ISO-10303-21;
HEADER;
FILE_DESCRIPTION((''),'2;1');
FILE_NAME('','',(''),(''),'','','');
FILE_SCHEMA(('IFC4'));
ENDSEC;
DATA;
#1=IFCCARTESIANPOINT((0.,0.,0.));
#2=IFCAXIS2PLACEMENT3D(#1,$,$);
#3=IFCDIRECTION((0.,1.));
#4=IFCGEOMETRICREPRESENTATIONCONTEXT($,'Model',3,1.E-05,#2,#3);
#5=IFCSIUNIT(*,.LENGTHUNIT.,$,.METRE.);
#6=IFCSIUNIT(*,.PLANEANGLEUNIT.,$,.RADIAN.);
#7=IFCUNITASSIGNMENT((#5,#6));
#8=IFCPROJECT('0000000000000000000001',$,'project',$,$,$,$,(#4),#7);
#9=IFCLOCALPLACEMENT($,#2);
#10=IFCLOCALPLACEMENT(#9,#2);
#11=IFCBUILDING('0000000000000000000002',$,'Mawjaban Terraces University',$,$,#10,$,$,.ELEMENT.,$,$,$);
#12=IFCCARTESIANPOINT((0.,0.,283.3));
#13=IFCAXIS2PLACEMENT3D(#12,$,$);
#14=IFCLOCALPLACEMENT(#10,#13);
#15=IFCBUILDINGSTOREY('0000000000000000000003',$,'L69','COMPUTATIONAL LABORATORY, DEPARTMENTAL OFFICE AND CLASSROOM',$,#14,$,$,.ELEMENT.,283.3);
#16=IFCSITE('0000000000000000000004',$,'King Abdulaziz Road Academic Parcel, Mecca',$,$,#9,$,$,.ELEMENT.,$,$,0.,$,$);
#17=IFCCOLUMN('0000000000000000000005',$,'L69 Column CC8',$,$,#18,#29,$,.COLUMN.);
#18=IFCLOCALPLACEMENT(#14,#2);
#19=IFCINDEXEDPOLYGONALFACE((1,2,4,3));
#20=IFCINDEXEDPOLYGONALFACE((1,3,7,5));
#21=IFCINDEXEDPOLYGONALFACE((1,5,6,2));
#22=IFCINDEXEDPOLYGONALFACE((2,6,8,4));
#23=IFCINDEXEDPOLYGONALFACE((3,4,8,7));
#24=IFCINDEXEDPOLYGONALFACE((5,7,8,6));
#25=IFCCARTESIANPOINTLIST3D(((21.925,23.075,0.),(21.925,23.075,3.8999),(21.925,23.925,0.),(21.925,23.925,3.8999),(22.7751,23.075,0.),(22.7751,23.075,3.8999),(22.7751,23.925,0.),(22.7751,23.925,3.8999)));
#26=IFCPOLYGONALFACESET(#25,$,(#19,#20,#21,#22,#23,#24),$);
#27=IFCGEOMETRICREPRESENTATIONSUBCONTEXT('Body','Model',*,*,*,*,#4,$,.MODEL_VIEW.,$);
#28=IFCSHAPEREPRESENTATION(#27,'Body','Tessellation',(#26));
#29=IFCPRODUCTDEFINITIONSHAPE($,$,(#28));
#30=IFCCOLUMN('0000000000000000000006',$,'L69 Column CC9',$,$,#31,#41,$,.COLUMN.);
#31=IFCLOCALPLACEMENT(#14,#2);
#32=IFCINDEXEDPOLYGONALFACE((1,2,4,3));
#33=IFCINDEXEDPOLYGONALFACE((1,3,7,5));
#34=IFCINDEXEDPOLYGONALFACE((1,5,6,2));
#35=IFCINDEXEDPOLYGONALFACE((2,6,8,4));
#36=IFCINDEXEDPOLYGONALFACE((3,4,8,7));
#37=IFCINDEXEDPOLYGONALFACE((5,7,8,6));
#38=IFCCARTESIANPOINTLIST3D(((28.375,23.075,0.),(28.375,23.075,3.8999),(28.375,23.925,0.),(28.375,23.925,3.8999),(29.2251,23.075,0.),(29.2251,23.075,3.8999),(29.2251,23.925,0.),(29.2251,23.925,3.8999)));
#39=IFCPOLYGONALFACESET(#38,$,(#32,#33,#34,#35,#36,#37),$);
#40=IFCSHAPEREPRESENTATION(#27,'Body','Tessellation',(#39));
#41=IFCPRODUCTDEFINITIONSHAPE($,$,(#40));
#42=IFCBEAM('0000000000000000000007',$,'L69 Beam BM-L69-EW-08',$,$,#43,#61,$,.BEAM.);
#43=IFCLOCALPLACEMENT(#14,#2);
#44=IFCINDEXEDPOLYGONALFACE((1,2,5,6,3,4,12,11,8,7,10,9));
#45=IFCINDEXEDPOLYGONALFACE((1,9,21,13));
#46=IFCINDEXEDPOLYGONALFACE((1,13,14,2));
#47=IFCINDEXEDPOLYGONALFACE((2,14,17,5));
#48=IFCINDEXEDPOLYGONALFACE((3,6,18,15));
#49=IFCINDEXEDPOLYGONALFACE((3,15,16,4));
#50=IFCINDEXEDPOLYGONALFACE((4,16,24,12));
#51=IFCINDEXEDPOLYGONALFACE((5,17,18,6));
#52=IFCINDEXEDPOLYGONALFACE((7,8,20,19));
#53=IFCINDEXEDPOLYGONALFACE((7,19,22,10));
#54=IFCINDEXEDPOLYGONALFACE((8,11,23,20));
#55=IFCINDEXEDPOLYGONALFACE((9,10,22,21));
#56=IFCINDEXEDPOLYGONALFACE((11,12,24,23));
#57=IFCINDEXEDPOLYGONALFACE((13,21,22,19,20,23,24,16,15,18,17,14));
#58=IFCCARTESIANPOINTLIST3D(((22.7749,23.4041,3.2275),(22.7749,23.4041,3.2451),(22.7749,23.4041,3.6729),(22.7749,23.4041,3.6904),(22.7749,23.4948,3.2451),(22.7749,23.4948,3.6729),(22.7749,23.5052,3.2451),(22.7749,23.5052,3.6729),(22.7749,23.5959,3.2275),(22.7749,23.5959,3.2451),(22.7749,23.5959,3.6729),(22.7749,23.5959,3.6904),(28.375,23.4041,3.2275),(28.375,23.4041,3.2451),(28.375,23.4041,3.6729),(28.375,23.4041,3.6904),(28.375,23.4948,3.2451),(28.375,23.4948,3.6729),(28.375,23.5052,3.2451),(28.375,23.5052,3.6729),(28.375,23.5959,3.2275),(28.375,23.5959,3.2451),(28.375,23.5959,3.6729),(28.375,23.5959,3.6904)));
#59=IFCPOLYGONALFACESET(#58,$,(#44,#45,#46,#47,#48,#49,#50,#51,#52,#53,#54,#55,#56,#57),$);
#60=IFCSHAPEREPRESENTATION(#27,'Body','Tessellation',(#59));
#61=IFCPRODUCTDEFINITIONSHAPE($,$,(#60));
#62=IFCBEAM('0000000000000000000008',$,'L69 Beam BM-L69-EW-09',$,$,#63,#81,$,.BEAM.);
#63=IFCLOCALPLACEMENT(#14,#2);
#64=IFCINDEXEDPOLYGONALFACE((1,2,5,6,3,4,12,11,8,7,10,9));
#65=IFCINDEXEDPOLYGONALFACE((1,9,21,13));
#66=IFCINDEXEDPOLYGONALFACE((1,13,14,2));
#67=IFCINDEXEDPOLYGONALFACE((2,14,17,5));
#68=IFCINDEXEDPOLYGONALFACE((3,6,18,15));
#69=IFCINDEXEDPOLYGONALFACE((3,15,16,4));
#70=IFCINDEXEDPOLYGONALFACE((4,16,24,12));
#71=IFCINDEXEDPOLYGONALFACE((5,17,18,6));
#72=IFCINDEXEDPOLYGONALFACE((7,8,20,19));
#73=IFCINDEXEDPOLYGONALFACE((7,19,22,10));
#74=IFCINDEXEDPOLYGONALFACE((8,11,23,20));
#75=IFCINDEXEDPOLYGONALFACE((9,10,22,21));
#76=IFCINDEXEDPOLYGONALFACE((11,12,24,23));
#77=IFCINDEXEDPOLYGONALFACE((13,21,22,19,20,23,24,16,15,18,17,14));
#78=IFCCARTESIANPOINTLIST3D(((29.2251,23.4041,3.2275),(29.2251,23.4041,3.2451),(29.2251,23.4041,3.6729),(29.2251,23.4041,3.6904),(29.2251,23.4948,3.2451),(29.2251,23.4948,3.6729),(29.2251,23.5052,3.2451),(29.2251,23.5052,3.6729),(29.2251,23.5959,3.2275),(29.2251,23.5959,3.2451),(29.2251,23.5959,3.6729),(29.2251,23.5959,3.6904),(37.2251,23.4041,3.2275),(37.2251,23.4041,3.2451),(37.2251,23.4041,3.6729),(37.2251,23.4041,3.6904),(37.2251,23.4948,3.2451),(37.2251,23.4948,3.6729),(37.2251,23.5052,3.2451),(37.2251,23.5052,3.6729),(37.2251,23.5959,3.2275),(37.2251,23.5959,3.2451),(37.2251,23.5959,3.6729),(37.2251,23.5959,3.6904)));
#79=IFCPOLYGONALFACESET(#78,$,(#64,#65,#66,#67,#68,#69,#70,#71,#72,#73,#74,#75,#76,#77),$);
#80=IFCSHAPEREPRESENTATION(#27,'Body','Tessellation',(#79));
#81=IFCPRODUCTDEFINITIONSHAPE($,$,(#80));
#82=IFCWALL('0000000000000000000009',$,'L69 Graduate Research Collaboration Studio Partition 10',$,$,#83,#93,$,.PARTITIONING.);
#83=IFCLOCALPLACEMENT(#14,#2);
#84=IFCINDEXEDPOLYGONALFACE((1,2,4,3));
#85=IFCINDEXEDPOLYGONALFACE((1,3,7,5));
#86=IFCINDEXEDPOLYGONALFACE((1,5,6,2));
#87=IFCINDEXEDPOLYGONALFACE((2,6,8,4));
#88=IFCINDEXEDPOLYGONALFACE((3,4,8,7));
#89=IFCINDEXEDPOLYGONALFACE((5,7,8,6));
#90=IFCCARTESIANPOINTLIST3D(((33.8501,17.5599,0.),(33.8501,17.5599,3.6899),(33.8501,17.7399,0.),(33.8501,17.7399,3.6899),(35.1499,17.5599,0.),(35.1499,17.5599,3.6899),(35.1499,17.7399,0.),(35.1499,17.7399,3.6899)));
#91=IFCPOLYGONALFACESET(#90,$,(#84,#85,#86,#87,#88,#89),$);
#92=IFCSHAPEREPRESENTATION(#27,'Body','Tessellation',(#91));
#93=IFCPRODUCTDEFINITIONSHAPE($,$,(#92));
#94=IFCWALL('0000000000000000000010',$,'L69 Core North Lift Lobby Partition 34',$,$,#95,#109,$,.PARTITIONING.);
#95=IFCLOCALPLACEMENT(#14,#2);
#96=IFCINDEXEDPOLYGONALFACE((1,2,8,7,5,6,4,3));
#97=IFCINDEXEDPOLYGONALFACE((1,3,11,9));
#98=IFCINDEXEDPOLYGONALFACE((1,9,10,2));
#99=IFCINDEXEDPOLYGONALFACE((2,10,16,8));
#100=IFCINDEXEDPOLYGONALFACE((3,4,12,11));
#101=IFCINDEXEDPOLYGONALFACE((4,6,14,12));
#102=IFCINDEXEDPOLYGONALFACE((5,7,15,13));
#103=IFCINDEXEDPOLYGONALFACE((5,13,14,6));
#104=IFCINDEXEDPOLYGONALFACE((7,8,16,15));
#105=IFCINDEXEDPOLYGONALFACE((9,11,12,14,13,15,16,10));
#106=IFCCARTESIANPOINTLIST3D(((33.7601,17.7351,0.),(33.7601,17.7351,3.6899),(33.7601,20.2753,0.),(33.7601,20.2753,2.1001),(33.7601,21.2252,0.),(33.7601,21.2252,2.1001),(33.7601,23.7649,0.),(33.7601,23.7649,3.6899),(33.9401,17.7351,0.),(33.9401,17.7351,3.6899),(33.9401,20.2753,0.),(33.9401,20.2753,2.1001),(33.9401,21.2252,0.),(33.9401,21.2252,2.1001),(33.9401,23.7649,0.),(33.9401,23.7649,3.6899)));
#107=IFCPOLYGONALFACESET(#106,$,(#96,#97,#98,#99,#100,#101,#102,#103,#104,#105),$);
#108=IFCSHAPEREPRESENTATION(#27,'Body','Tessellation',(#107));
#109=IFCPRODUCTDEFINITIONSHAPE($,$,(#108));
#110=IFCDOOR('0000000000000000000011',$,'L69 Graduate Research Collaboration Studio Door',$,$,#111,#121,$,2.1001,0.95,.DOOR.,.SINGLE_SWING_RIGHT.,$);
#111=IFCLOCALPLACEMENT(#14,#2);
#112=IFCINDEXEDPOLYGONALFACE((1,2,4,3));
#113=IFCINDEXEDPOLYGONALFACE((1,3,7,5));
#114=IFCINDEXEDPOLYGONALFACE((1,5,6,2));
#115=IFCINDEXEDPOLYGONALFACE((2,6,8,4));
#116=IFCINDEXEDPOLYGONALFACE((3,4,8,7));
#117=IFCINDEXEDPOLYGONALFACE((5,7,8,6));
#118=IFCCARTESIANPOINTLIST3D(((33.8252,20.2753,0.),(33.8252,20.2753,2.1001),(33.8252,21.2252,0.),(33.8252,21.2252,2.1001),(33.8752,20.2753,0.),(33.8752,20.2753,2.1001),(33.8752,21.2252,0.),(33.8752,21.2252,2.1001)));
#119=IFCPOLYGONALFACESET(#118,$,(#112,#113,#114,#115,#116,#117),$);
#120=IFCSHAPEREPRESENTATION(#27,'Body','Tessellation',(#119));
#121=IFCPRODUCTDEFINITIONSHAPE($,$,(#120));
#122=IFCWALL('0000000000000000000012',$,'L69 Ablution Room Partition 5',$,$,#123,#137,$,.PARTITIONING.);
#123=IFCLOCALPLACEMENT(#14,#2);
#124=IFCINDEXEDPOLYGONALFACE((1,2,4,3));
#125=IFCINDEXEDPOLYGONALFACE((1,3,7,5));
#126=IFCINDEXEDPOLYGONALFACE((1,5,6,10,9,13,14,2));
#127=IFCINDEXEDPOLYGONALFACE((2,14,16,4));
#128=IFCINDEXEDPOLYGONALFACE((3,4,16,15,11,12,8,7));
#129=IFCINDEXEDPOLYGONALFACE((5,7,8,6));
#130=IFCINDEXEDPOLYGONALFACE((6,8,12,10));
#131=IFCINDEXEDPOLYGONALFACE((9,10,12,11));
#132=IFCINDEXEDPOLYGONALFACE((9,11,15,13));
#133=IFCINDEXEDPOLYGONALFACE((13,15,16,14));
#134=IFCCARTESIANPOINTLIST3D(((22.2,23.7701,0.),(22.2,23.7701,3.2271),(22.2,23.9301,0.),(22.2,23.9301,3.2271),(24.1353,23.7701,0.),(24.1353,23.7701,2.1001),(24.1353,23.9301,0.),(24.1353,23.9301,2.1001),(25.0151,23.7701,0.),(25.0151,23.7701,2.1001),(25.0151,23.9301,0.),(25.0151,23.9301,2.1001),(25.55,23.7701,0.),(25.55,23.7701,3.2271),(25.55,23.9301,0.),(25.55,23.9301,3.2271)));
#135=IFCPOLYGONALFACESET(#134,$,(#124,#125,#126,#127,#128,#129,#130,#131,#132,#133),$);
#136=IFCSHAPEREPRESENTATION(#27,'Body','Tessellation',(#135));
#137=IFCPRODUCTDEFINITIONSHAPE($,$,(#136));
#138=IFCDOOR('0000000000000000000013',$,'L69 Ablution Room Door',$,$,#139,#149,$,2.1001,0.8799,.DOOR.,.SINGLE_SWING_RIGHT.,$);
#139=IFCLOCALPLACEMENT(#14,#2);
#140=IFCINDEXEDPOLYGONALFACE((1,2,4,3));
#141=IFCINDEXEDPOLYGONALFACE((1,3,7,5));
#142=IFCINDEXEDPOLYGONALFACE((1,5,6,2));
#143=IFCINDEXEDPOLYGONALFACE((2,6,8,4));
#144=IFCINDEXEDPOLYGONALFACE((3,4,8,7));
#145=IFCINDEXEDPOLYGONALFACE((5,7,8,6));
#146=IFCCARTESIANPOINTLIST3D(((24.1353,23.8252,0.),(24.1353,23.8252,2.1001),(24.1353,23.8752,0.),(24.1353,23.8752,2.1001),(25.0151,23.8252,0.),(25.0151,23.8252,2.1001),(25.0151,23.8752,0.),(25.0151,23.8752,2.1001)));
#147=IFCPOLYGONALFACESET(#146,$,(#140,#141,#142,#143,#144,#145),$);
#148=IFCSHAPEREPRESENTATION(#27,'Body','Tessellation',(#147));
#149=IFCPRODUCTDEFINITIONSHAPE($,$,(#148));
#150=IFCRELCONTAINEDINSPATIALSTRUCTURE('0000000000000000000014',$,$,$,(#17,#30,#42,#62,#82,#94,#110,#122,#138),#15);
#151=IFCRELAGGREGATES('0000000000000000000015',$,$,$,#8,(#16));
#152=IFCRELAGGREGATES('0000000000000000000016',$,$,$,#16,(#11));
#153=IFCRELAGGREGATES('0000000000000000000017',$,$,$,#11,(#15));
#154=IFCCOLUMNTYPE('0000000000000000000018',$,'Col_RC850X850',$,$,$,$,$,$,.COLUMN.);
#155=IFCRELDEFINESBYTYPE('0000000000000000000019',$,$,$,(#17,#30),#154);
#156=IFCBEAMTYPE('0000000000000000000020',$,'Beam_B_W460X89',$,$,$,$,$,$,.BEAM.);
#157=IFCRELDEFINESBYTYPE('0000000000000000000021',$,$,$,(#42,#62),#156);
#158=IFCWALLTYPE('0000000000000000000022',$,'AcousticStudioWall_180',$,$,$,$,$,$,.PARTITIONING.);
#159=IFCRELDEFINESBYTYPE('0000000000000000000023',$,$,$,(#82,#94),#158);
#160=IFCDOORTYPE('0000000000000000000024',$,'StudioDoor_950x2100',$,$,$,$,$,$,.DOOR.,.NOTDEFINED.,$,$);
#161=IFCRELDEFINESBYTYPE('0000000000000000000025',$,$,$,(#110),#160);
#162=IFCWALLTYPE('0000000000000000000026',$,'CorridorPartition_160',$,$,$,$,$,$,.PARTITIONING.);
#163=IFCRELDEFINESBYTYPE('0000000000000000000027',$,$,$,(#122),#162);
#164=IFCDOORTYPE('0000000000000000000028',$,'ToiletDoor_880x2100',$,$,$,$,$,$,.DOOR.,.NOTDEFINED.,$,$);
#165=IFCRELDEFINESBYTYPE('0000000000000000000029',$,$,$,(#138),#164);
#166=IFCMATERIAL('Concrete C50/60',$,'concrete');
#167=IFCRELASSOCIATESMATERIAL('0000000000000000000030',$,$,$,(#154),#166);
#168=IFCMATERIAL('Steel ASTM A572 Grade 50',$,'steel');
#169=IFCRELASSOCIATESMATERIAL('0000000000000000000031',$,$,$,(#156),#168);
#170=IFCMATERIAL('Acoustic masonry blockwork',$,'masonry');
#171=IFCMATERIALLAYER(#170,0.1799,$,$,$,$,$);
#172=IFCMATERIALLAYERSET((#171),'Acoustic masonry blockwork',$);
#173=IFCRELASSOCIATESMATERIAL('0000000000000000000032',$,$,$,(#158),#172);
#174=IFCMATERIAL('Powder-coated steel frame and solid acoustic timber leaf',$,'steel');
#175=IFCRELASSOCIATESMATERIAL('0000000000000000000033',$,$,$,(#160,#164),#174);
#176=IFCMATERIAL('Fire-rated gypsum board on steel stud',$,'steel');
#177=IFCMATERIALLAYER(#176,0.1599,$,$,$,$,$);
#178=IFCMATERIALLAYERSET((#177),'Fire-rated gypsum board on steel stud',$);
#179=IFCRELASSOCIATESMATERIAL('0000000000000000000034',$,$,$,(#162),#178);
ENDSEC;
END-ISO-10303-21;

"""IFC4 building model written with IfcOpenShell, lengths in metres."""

from ifc_helpers import new_model, si_unit, direction, frame, frame_2d, origin, origin_2d, place, context, subcontext, project, spatial, rectangle, i_section, extrude, material, layer, layer_set, material_profile, profile_set, type_object, element, fill, save


model = new_model("IFC4")

# Units and contexts
model_context = context("Model", 3, precision=1e-05, world=origin(), true_north=direction((0.0, 1.0)))
body_context = subcontext(model_context, "Body", "Model", "MODEL_VIEW")
ifc_project = project(units=[si_unit("LENGTHUNIT", "METRE"), si_unit("PLANEANGLEUNIT", "RADIAN")], contexts=[model_context])

# Site, building, storey
site_placement = place(None, origin())
site = spatial("IfcSite", under=ifc_project, at=site_placement, Name="King Abdulaziz Road Academic Parcel, Mecca", CompositionType="ELEMENT", RefElevation=0.0)
building_placement = place(site_placement, origin())
building = spatial("IfcBuilding", under=site, at=building_placement, Name="Mawjaban Terraces University", CompositionType="ELEMENT")
storey_placement = place(building_placement, frame((0.0, 0.0, 283.3)))
storey = spatial("IfcBuildingStorey", under=building, at=storey_placement, Name="L69", Description="COMPUTATIONAL LABORATORY, DEPARTMENTAL OFFICE AND CLASSROOM", CompositionType="ELEMENT", Elevation=283.3)

# Columns
ifc_material_1 = material(Name="Concrete C50/60", Category="concrete")
ifc_material_profile_1 = material_profile(ifc_material_1, rectangle(XDim=0.8501, YDim=0.8501, at=origin_2d()), Name="RC850X850")
ifc_profile_set_1 = profile_set([ifc_material_profile_1], Name="Concrete C50/60")
column_type = type_object("IfcColumnType", Name="Col_RC850X850", PredefinedType="COLUMN", material=ifc_profile_set_1)
for number, where, z_axis, x_axis, name in (
    (1, (22.3501, 23.5, 0.0), (0.0, 0.0, 1.0), (1.0, 0.0, 0.0), "L69 Column CC8"),
    (2, (28.8, 23.5, 0.0), (0.0, 0.0, 1.0), (1.0, 0.0, 0.0), "L69 Column CC9"),
):
    element("IfcColumn", number, at=place(storey_placement, frame(where, z_axis=z_axis, x_axis=x_axis)), inside=storey, type_object=column_type, Name=name, PredefinedType="COLUMN", context=body_context, shape_type="SweptSolid", body=[
        extrude(rectangle(XDim=0.8501, YDim=0.8501, at=origin_2d()), origin(), (0.0, 0.0, 1.0), 3.8999),
    ])

# Beams
ifc_material_2 = material(Name="Steel ASTM A572 Grade 50", Category="steel")
ifc_material_profile_2 = material_profile(ifc_material_2, i_section(OverallWidth=0.1919, OverallDepth=0.4629, WebThickness=0.0105, FlangeThickness=0.0176, at=origin_2d()), Name="W460X89")
ifc_profile_set_2 = profile_set([ifc_material_profile_2], Name="Steel ASTM A572 Grade 50")
beam_type = type_object("IfcBeamType", Name="Beam_B_W460X89", PredefinedType="BEAM", material=ifc_profile_set_2)
beam_1_placement = place(storey_placement, frame((22.7749, 23.5, 3.459), z_axis=(1.0, 0.0, 0.0), x_axis=(0.0, 1.0, 0.0)))
element("IfcBeam", 3, at=beam_1_placement, inside=storey, type_object=beam_type, Name="L69 Beam BM-L69-EW-08", PredefinedType="BEAM", context=body_context, shape_type="SweptSolid", body=[
    extrude(i_section(OverallWidth=0.1919, OverallDepth=0.4629, WebThickness=0.0105, FlangeThickness=0.0176, at=origin_2d()), origin(), (0.0, 0.0, 1.0), 5.6001),
])
beam_2_placement = place(storey_placement, frame((29.2251, 23.5, 3.459), z_axis=(1.0, 0.0, 0.0), x_axis=(0.0, 1.0, 0.0)))
element("IfcBeam", 4, at=beam_2_placement, inside=storey, type_object=beam_type, Name="L69 Beam BM-L69-EW-09", PredefinedType="BEAM", context=body_context, shape_type="SweptSolid", body=[
    extrude(i_section(OverallWidth=0.1919, OverallDepth=0.4629, WebThickness=0.0105, FlangeThickness=0.0176, at=origin_2d()), origin(), (0.0, 0.0, 1.0), 8.0),
])

# Wall
ifc_material_3 = material(Name="Acoustic masonry blockwork", Category="masonry")
ifc_layer_1 = layer(ifc_material_3, 0.1799)
ifc_layer_set_1 = layer_set([ifc_layer_1], Name="Acoustic masonry blockwork")
wall_type_1 = type_object("IfcWallType", Name="AcousticStudioWall_180", PredefinedType="PARTITIONING", material=ifc_layer_set_1)
wall_1_placement = place(storey_placement, frame((33.8501, 17.6499, 0.0), z_axis=(0.0, 0.0, 1.0), x_axis=(1.0, 0.0, 0.0)))
element("IfcWall", 5, at=wall_1_placement, inside=storey, type_object=wall_type_1, Name="L69 Graduate Research Collaboration Studio Partition 10", PredefinedType="PARTITIONING", context=body_context, shape_type="SweptSolid", body=[
    extrude(rectangle(XDim=1.2998, YDim=0.1799, at=frame_2d((0.6499, 0.0))), origin(), (0.0, 0.0, 1.0), 3.6899),
])

# Walls, openings, doors
wall_2_placement = place(storey_placement, frame((33.8501, 17.7351, 0.0), z_axis=(0.0, 0.0, 1.0), x_axis=(0.0, 1.0, 0.0)))
wall_2 = element("IfcWall", 6, at=wall_2_placement, inside=storey, type_object=wall_type_1, Name="L69 Core North Lift Lobby Partition 34", PredefinedType="PARTITIONING", context=body_context, shape_type="SweptSolid", body=[
    extrude(rectangle(XDim=6.0298, YDim=0.1799, at=frame_2d((3.0149, 0.0))), origin(), (0.0, 0.0, 1.0), 3.6899),
])
opening_1_placement = place(wall_2_placement, frame((2.54, 0.0, 0.0)))
opening_1 = element("IfcOpeningElement", 7, at=opening_1_placement, cuts=wall_2, PredefinedType="OPENING", context=body_context, shape_type="SweptSolid", body=[
    extrude(rectangle(XDim=0.95, YDim=2.1001, at=frame_2d((0.4751, 1.05))), frame((0.0, 0.0999, 0.0), z_axis=(0.0, -1.0, 0.0), x_axis=(1.0, 0.0, 0.0)), (0.0, 0.0, 1.0), 0.2),
])
ifc_material_4 = material(Name="Powder-coated steel frame and solid acoustic timber leaf", Category="steel")
door_type_1 = type_object("IfcDoorType", Name="StudioDoor_950x2100", OperationType="NOTDEFINED", PredefinedType="DOOR", material=ifc_material_4)
door_1_placement = place(opening_1_placement, origin())
door_1 = element("IfcDoor", 8, at=door_1_placement, inside=storey, type_object=door_type_1, Name="L69 Graduate Research Collaboration Studio Door", OperationType="SINGLE_SWING_RIGHT", OverallHeight=2.1001, OverallWidth=0.95, PredefinedType="DOOR", context=body_context, shape_type="SweptSolid", body=[
    extrude(rectangle(XDim=0.95, YDim=2.1001, at=frame_2d((0.4751, 1.05))), frame((0.0, 0.0249, 0.0), z_axis=(0.0, -1.0, 0.0), x_axis=(1.0, 0.0, 0.0)), (0.0, 0.0, 1.0), 0.05),
])
fill(opening_1, door_1)
ifc_material_5 = material(Name="Fire-rated gypsum board on steel stud", Category="steel")
ifc_layer_2 = layer(ifc_material_5, 0.1599)
ifc_layer_set_2 = layer_set([ifc_layer_2], Name="Fire-rated gypsum board on steel stud")
wall_type_2 = type_object("IfcWallType", Name="CorridorPartition_160", PredefinedType="PARTITIONING", material=ifc_layer_set_2)
wall_3_placement = place(storey_placement, frame((25.55, 23.8501, 0.0), z_axis=(0.0, 0.0, 1.0), x_axis=(-1.0, 0.0, 0.0)))
wall_3 = element("IfcWall", 9, at=wall_3_placement, inside=storey, type_object=wall_type_2, Name="L69 Ablution Room Partition 5", PredefinedType="PARTITIONING", context=body_context, shape_type="SweptSolid", body=[
    extrude(rectangle(XDim=3.3501, YDim=0.1599, at=frame_2d((1.675, 0.0))), origin(), (0.0, 0.0, 1.0), 3.2271),
])
opening_2_placement = place(wall_3_placement, frame((0.5349, 0.0, 0.0)))
opening_2 = element("IfcOpeningElement", 10, at=opening_2_placement, cuts=wall_3, PredefinedType="OPENING", context=body_context, shape_type="SweptSolid", body=[
    extrude(rectangle(XDim=0.8799, YDim=2.1001, at=frame_2d((0.4399, 1.05))), frame((0.0, 0.0898, 0.0), z_axis=(0.0, -1.0, 0.0), x_axis=(1.0, 0.0, 0.0)), (0.0, 0.0, 1.0), 0.1799),
])
door_type_2 = type_object("IfcDoorType", Name="ToiletDoor_880x2100", OperationType="NOTDEFINED", PredefinedType="DOOR", material=ifc_material_4)
door_2_placement = place(opening_2_placement, origin())
door_2 = element("IfcDoor", 11, at=door_2_placement, inside=storey, type_object=door_type_2, Name="L69 Ablution Room Door", OperationType="SINGLE_SWING_RIGHT", OverallHeight=2.1001, OverallWidth=0.8799, PredefinedType="DOOR", context=body_context, shape_type="SweptSolid", body=[
    extrude(rectangle(XDim=0.8799, YDim=2.1001, at=frame_2d((0.4399, 1.05))), frame((0.0, 0.0249, 0.0), z_axis=(0.0, -1.0, 0.0), x_axis=(1.0, 0.0, 0.0)), (0.0, 0.0, 1.0), 0.05),
])
fill(opening_2, door_2)

save(model, "model.ifc")
